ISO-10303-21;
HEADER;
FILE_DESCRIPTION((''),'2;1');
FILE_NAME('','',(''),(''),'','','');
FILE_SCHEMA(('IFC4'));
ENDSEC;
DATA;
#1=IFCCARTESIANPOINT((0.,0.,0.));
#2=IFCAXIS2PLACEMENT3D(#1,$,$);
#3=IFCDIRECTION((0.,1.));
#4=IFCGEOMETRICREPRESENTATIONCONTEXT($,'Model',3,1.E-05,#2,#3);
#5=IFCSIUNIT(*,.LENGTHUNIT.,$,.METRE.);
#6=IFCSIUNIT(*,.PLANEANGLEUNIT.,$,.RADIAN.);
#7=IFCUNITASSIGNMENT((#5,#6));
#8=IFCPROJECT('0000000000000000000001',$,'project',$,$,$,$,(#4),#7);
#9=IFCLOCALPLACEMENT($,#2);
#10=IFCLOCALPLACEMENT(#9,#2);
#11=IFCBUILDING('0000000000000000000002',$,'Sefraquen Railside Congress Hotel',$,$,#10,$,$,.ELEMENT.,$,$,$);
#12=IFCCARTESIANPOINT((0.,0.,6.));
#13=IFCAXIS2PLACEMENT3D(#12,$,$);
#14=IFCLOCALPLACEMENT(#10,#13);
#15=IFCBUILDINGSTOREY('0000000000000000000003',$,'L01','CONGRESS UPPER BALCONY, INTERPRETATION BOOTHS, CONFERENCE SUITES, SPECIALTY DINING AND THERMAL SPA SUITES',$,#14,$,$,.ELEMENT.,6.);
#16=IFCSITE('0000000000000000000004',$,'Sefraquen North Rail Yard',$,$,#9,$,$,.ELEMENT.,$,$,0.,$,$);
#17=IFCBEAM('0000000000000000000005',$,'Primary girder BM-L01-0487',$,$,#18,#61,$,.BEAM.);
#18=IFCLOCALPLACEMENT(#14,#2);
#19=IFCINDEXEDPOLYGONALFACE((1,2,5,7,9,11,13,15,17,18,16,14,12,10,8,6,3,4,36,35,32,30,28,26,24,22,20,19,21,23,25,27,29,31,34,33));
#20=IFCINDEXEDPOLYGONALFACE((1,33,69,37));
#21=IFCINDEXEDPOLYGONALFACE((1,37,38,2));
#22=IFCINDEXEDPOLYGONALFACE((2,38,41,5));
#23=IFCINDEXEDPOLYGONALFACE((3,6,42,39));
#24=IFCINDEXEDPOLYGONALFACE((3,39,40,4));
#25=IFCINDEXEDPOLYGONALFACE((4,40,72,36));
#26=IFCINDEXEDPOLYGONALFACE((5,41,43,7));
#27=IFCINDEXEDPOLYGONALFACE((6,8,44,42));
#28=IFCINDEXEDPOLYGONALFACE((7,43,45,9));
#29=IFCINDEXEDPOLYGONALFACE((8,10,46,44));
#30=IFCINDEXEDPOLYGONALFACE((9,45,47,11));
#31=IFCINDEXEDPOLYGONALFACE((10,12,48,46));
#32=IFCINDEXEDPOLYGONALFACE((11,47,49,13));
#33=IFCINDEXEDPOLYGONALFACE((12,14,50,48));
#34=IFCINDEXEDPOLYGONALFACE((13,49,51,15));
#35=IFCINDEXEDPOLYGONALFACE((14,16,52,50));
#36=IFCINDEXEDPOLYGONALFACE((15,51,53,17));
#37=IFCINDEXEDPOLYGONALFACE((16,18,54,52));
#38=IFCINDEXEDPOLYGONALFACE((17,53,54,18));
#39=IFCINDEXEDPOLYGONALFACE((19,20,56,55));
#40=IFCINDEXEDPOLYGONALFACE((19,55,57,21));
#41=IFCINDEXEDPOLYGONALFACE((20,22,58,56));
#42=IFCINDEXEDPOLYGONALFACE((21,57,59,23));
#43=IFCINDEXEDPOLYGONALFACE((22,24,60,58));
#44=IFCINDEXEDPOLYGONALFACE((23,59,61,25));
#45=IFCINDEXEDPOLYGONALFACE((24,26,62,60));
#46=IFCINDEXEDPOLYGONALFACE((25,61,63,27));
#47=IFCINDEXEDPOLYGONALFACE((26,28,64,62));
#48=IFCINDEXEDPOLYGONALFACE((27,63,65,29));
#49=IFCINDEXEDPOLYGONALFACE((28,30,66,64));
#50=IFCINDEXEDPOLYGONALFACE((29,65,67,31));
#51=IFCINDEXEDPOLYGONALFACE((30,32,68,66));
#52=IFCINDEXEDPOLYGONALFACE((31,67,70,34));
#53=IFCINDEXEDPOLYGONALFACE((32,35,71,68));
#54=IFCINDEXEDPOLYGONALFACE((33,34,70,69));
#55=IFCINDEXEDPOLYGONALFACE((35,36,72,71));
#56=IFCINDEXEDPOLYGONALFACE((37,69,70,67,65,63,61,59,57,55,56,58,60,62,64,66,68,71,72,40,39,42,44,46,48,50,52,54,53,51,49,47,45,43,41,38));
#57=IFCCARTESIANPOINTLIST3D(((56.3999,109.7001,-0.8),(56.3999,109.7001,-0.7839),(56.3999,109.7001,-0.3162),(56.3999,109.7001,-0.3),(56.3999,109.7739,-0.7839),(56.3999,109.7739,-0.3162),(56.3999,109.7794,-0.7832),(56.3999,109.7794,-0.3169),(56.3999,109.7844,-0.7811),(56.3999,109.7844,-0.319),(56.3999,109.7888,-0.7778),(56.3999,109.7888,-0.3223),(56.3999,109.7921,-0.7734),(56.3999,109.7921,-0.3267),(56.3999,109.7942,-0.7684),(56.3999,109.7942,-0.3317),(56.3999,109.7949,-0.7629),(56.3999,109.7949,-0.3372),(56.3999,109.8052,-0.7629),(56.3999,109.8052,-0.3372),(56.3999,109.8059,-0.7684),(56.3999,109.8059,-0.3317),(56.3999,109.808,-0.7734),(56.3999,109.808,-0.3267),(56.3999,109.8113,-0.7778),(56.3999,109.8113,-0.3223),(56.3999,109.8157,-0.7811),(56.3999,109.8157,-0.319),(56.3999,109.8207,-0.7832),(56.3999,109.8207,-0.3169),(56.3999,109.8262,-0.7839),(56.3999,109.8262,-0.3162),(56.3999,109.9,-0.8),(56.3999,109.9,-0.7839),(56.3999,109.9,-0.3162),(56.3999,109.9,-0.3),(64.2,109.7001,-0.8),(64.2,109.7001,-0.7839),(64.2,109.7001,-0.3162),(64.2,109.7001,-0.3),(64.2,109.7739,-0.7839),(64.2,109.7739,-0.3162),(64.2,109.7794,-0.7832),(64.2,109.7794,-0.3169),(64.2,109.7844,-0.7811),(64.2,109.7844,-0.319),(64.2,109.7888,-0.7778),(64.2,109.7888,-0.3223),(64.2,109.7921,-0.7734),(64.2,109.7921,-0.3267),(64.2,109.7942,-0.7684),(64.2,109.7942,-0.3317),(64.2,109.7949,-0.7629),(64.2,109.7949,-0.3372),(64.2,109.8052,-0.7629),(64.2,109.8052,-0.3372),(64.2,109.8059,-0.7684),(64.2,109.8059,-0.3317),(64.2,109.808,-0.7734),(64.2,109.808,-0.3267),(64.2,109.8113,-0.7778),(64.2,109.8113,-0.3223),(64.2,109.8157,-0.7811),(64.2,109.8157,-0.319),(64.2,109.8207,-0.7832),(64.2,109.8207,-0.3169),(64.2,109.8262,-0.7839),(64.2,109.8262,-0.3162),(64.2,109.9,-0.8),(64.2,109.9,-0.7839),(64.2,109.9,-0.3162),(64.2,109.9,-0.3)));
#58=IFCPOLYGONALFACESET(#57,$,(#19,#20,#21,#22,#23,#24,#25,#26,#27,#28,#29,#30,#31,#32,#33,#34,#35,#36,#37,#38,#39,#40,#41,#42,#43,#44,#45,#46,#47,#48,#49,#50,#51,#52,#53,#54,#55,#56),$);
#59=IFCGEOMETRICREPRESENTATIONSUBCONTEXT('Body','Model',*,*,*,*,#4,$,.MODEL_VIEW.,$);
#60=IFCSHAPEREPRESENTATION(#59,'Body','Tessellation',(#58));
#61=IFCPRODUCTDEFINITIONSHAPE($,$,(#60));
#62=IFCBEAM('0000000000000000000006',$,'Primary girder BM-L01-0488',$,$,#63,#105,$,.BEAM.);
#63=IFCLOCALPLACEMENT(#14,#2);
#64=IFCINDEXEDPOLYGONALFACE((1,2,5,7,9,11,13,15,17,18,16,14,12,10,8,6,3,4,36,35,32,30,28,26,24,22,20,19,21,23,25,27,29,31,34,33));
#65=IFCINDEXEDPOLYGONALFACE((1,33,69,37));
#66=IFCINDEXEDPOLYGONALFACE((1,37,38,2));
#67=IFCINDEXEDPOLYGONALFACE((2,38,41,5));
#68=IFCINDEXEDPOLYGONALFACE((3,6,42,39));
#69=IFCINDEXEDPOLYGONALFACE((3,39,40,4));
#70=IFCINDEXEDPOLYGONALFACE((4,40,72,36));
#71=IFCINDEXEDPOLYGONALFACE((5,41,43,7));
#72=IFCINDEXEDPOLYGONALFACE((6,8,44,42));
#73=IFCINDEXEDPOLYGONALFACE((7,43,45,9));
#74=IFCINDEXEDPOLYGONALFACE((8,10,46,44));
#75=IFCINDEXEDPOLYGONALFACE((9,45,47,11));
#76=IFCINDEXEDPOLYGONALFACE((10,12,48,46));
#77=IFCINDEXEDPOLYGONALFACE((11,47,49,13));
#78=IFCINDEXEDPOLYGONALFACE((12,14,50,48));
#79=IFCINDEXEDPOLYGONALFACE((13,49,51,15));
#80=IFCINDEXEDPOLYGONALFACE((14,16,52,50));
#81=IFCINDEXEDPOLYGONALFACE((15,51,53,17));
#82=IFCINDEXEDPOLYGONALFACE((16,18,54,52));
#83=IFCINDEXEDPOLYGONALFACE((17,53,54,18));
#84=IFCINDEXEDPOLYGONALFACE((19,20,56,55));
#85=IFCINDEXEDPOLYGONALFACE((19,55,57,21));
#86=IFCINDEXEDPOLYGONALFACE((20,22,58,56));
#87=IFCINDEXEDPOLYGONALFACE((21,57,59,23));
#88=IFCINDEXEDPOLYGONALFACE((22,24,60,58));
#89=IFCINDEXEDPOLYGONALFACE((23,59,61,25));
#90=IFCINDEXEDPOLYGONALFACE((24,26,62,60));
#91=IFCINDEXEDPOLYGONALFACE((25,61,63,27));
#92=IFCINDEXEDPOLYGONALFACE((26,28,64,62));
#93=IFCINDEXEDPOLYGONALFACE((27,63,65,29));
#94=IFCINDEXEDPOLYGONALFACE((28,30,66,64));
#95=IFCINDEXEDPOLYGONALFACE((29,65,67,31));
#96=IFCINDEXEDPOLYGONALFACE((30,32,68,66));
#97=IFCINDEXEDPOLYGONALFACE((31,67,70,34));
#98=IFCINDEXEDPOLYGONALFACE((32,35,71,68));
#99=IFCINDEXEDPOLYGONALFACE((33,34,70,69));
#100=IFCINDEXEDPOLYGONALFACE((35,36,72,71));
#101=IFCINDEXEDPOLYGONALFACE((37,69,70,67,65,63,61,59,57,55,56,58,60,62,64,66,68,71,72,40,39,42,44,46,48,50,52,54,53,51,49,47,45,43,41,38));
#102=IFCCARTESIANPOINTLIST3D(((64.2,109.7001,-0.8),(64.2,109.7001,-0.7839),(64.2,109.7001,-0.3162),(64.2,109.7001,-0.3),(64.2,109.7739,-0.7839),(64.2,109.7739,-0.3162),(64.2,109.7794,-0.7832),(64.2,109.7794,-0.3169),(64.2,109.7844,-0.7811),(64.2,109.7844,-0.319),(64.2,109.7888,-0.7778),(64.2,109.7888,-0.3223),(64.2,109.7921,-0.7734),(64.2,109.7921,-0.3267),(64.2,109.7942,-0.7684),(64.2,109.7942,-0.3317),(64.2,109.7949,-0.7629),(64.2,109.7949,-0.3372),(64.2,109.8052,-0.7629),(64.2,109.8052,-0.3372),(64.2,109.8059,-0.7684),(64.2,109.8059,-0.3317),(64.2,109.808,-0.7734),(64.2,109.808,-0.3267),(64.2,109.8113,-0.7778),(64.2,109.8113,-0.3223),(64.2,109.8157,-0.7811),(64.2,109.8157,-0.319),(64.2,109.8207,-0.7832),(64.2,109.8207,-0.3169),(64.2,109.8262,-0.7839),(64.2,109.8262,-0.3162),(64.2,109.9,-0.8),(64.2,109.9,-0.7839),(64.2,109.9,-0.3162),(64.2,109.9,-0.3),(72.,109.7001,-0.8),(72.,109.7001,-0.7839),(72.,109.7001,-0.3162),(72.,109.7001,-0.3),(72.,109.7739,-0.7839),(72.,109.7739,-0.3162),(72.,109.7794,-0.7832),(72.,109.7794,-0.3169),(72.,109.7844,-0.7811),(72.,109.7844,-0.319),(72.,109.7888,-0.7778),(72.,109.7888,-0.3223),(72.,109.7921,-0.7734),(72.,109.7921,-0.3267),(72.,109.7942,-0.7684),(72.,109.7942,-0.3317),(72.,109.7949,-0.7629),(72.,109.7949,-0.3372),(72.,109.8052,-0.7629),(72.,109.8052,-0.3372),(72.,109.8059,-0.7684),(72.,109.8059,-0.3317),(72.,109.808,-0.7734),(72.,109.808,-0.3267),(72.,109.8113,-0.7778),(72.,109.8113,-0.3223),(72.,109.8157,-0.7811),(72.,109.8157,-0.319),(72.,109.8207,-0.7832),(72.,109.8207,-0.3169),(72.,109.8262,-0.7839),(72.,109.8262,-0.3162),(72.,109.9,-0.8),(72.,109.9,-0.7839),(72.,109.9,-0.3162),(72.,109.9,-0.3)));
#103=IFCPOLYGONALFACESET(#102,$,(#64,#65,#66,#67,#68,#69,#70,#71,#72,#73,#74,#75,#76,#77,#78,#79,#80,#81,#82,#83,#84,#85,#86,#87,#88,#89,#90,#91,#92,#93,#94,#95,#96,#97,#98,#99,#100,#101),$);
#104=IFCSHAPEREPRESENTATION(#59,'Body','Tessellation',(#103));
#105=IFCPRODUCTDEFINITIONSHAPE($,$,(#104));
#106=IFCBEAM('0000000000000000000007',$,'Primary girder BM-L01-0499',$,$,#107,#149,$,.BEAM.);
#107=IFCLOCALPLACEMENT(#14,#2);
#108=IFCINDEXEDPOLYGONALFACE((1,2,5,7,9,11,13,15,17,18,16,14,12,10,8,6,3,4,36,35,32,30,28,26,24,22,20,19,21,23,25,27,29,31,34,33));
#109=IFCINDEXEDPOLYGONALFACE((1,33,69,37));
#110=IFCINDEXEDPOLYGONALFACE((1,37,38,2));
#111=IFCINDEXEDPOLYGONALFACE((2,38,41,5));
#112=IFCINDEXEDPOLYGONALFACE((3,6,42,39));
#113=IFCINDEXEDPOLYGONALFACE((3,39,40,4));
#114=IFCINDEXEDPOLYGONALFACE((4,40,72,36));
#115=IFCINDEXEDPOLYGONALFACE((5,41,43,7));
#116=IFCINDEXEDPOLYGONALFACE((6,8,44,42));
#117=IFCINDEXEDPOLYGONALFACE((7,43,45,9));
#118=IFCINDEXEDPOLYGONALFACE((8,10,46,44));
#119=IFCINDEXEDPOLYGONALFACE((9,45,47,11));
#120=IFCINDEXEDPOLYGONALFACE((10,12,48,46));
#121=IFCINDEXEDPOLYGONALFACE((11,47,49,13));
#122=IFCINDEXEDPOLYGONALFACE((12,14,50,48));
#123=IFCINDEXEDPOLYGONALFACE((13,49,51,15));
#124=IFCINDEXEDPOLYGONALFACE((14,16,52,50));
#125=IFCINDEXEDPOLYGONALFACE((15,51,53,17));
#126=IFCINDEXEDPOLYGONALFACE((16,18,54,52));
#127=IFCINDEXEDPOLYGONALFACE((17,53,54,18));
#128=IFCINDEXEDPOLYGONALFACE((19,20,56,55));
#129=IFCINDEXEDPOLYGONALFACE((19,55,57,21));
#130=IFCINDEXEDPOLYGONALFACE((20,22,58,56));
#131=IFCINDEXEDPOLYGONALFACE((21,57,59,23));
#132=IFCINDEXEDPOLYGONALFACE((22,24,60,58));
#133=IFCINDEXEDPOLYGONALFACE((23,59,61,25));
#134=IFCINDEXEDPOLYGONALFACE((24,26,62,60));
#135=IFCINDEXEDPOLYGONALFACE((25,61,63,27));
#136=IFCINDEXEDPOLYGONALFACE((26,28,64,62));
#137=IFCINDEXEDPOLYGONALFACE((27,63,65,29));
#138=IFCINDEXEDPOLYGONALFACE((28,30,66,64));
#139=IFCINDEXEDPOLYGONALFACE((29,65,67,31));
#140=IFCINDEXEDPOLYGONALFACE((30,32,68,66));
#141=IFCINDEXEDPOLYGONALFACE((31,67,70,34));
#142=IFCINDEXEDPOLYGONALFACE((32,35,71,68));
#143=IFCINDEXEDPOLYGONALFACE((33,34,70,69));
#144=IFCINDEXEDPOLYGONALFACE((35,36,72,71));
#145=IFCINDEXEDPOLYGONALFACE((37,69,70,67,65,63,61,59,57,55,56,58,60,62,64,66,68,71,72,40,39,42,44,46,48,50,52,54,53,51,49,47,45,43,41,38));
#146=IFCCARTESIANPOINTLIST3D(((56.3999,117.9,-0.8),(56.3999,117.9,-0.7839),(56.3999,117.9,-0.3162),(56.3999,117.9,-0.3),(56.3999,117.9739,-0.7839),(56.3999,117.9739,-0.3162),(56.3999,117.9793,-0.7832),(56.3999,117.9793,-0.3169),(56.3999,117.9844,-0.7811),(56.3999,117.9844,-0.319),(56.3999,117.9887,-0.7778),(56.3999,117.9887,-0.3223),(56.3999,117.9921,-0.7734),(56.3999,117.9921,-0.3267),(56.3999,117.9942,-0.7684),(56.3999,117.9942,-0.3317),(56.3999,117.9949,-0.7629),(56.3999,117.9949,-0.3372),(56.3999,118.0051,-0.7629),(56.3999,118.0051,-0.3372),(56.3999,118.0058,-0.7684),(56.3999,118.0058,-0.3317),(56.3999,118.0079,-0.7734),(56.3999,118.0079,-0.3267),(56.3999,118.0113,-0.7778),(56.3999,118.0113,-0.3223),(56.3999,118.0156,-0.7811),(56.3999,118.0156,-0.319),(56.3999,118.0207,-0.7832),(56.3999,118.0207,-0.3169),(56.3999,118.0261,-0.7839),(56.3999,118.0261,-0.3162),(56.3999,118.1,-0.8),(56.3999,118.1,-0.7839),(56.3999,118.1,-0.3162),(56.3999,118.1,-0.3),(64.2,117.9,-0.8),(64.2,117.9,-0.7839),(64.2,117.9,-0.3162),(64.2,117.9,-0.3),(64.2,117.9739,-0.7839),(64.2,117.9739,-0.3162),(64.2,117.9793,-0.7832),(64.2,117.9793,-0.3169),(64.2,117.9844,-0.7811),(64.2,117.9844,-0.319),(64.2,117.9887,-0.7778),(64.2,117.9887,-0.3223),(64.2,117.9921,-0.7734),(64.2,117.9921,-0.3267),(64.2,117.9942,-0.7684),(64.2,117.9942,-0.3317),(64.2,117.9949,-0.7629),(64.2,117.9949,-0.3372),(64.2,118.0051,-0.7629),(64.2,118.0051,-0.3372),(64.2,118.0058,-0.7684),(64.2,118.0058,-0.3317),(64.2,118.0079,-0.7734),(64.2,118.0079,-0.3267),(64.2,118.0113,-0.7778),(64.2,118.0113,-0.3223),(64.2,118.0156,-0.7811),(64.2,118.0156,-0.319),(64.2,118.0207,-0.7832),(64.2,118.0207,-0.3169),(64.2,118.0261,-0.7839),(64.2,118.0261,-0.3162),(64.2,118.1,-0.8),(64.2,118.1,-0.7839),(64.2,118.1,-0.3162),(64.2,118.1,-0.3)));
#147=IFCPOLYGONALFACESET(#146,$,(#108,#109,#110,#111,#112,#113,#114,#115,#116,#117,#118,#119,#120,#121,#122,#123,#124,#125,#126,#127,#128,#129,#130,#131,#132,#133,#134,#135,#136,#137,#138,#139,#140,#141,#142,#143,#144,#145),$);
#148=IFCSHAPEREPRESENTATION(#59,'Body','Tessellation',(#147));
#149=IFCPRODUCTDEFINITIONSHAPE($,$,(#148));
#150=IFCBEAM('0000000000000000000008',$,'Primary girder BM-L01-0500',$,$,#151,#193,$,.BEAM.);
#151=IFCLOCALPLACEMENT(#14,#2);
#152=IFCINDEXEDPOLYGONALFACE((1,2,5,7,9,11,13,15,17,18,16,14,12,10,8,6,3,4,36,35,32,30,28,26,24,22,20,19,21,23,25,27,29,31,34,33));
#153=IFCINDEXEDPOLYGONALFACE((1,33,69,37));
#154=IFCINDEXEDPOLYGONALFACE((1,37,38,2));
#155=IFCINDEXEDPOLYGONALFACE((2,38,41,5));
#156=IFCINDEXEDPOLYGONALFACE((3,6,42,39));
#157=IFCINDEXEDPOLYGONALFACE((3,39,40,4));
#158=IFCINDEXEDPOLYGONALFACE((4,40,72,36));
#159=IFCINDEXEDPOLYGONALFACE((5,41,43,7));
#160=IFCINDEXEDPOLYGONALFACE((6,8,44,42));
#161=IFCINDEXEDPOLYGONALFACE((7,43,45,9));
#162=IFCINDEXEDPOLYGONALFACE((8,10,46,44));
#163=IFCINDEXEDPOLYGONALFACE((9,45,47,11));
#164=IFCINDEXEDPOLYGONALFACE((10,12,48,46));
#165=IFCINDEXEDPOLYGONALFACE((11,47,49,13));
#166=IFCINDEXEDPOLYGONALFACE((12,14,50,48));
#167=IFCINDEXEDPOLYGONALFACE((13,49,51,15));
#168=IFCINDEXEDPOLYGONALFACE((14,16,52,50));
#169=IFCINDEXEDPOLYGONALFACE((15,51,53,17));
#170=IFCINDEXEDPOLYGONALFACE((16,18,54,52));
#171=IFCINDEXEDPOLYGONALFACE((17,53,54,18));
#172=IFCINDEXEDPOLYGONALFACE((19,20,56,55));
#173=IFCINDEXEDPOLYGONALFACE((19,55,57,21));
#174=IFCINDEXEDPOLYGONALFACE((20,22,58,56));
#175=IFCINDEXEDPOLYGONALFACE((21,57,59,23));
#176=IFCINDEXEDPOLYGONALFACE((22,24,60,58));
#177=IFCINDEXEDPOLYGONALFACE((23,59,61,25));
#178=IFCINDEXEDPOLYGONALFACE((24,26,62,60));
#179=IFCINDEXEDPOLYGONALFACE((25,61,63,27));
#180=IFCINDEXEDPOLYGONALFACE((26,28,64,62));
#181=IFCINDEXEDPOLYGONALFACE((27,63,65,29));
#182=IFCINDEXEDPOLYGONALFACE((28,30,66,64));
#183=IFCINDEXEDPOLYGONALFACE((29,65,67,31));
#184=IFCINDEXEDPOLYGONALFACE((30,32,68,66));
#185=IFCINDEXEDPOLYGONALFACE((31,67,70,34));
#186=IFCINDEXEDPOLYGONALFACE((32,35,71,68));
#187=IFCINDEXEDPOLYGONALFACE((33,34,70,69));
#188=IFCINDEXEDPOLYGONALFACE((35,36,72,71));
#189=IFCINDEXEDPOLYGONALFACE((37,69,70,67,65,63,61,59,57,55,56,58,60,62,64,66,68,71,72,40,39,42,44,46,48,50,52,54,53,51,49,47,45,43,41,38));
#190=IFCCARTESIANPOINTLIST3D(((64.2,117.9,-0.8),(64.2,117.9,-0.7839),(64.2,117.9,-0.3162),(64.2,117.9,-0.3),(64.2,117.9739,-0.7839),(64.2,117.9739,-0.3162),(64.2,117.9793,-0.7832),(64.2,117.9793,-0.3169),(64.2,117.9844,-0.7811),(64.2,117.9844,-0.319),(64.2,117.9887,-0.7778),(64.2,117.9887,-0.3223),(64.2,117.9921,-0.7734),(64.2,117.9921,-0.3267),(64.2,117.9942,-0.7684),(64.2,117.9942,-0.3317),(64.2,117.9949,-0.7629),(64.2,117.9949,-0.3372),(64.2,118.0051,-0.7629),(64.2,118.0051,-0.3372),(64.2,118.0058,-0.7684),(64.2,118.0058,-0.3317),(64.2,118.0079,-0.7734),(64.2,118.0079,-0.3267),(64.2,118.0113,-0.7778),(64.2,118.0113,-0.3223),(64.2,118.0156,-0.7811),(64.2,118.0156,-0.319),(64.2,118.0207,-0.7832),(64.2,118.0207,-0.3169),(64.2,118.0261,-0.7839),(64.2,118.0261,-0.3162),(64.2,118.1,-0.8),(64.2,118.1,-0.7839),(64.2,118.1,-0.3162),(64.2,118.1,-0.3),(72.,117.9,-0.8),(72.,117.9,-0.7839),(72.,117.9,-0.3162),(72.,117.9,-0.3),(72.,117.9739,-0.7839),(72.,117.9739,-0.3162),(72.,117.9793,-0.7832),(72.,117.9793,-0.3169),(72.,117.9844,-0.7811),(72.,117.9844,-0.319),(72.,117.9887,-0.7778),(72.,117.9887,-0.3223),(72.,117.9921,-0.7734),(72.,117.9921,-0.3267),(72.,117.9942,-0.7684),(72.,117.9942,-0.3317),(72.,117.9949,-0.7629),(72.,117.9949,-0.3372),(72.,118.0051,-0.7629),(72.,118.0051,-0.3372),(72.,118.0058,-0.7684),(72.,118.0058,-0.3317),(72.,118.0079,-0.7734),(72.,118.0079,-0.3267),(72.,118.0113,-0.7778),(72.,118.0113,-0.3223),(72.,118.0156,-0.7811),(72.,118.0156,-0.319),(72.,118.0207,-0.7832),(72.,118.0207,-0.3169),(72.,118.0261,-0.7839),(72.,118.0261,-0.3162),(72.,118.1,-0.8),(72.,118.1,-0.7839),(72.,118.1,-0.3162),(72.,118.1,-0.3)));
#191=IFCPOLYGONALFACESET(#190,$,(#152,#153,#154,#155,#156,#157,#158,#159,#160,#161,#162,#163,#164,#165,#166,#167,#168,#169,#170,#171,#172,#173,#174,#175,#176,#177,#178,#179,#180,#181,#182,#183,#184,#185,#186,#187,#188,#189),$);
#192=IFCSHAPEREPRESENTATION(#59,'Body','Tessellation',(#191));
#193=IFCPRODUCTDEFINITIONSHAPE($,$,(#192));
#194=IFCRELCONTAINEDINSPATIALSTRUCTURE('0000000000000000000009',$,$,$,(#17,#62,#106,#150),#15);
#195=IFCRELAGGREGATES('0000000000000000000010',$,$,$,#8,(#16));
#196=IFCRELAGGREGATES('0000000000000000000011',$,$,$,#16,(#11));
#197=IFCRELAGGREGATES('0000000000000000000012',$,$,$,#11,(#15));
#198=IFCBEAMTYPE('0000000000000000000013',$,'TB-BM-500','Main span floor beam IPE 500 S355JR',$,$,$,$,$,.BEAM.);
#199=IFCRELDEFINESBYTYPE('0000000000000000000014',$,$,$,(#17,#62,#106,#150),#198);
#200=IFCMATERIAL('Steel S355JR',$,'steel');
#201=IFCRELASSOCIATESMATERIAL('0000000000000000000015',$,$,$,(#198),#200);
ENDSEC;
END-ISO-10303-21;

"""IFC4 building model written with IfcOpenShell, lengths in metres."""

from ifc_helpers import new_model, si_unit, direction, frame, origin, origin_2d, place, context, subcontext, project, spatial, i_section, extrude, material, material_profile, profile_set, type_object, element, save


model = new_model("IFC4")

# Units and contexts
model_context = context("Model", 3, precision=1e-05, world=origin(), true_north=direction((0.0, 1.0)))
body_context = subcontext(model_context, "Body", "Model", "MODEL_VIEW")
ifc_project = project(units=[si_unit("LENGTHUNIT", "METRE"), si_unit("PLANEANGLEUNIT", "RADIAN")], contexts=[model_context])

# Site, building, storey
site_placement = place(None, origin())
site = spatial("IfcSite", under=ifc_project, at=site_placement, Name="Sefraquen North Rail Yard", CompositionType="ELEMENT", RefElevation=0.0)
building_placement = place(site_placement, origin())
building = spatial("IfcBuilding", under=site, at=building_placement, Name="Sefraquen Railside Congress Hotel", CompositionType="ELEMENT")
storey_placement = place(building_placement, frame((0.0, 0.0, 6.0)))
storey = spatial("IfcBuildingStorey", under=building, at=storey_placement, Name="L01", Description="CONGRESS UPPER BALCONY, INTERPRETATION BOOTHS, CONFERENCE SUITES, SPECIALTY DINING AND THERMAL SPA SUITES", CompositionType="ELEMENT", Elevation=6.0)

# Shared definitions
ifc_material_1 = material(Name="Steel S355JR", Category="steel")

# Beams
ifc_material_profile_1 = material_profile(ifc_material_1, i_section(OverallWidth=0.2, OverallDepth=0.5, WebThickness=0.0103, FlangeThickness=0.0161, FilletRadius=0.021, at=origin_2d()), Name="IPE 500")
ifc_profile_set_1 = profile_set([ifc_material_profile_1], Name="Steel S355JR")
beam_type_1 = type_object("IfcBeamType", Name="TB-BM-500", Description="Main span floor beam IPE 500 S355JR", PredefinedType="BEAM", material=ifc_profile_set_1)
for number, where, z_axis, x_axis, name in (
    (1, (56.3999, 109.8, -0.55), (1.0, 0.0, 0.0), (0.0, 1.0, 0.0), "Primary girder BM-L01-0487"),
    (2, (64.2, 109.8, -0.55), (1.0, 0.0, 0.0), (0.0, 1.0, 0.0), "Primary girder BM-L01-0488"),
    (3, (56.3999, 118.0, -0.55), (1.0, 0.0, 0.0), (0.0, 1.0, 0.0), "Primary girder BM-L01-0499"),
    (4, (64.2, 118.0, -0.55), (1.0, 0.0, 0.0), (0.0, 1.0, 0.0), "Primary girder BM-L01-0500"),
):
    element("IfcBeam", number, at=place(storey_placement, frame(where, z_axis=z_axis, x_axis=x_axis)), inside=storey, type_object=beam_type_1, Name=name, PredefinedType="BEAM", context=body_context, shape_type="SweptSolid", body=[
        extrude(i_section(OverallWidth=0.2, OverallDepth=0.5, WebThickness=0.0103, FlangeThickness=0.0161, FilletRadius=0.021, at=origin_2d()), origin(), (0.0, 0.0, 1.0), 7.8),
    ])

save(model, "model.ifc")
